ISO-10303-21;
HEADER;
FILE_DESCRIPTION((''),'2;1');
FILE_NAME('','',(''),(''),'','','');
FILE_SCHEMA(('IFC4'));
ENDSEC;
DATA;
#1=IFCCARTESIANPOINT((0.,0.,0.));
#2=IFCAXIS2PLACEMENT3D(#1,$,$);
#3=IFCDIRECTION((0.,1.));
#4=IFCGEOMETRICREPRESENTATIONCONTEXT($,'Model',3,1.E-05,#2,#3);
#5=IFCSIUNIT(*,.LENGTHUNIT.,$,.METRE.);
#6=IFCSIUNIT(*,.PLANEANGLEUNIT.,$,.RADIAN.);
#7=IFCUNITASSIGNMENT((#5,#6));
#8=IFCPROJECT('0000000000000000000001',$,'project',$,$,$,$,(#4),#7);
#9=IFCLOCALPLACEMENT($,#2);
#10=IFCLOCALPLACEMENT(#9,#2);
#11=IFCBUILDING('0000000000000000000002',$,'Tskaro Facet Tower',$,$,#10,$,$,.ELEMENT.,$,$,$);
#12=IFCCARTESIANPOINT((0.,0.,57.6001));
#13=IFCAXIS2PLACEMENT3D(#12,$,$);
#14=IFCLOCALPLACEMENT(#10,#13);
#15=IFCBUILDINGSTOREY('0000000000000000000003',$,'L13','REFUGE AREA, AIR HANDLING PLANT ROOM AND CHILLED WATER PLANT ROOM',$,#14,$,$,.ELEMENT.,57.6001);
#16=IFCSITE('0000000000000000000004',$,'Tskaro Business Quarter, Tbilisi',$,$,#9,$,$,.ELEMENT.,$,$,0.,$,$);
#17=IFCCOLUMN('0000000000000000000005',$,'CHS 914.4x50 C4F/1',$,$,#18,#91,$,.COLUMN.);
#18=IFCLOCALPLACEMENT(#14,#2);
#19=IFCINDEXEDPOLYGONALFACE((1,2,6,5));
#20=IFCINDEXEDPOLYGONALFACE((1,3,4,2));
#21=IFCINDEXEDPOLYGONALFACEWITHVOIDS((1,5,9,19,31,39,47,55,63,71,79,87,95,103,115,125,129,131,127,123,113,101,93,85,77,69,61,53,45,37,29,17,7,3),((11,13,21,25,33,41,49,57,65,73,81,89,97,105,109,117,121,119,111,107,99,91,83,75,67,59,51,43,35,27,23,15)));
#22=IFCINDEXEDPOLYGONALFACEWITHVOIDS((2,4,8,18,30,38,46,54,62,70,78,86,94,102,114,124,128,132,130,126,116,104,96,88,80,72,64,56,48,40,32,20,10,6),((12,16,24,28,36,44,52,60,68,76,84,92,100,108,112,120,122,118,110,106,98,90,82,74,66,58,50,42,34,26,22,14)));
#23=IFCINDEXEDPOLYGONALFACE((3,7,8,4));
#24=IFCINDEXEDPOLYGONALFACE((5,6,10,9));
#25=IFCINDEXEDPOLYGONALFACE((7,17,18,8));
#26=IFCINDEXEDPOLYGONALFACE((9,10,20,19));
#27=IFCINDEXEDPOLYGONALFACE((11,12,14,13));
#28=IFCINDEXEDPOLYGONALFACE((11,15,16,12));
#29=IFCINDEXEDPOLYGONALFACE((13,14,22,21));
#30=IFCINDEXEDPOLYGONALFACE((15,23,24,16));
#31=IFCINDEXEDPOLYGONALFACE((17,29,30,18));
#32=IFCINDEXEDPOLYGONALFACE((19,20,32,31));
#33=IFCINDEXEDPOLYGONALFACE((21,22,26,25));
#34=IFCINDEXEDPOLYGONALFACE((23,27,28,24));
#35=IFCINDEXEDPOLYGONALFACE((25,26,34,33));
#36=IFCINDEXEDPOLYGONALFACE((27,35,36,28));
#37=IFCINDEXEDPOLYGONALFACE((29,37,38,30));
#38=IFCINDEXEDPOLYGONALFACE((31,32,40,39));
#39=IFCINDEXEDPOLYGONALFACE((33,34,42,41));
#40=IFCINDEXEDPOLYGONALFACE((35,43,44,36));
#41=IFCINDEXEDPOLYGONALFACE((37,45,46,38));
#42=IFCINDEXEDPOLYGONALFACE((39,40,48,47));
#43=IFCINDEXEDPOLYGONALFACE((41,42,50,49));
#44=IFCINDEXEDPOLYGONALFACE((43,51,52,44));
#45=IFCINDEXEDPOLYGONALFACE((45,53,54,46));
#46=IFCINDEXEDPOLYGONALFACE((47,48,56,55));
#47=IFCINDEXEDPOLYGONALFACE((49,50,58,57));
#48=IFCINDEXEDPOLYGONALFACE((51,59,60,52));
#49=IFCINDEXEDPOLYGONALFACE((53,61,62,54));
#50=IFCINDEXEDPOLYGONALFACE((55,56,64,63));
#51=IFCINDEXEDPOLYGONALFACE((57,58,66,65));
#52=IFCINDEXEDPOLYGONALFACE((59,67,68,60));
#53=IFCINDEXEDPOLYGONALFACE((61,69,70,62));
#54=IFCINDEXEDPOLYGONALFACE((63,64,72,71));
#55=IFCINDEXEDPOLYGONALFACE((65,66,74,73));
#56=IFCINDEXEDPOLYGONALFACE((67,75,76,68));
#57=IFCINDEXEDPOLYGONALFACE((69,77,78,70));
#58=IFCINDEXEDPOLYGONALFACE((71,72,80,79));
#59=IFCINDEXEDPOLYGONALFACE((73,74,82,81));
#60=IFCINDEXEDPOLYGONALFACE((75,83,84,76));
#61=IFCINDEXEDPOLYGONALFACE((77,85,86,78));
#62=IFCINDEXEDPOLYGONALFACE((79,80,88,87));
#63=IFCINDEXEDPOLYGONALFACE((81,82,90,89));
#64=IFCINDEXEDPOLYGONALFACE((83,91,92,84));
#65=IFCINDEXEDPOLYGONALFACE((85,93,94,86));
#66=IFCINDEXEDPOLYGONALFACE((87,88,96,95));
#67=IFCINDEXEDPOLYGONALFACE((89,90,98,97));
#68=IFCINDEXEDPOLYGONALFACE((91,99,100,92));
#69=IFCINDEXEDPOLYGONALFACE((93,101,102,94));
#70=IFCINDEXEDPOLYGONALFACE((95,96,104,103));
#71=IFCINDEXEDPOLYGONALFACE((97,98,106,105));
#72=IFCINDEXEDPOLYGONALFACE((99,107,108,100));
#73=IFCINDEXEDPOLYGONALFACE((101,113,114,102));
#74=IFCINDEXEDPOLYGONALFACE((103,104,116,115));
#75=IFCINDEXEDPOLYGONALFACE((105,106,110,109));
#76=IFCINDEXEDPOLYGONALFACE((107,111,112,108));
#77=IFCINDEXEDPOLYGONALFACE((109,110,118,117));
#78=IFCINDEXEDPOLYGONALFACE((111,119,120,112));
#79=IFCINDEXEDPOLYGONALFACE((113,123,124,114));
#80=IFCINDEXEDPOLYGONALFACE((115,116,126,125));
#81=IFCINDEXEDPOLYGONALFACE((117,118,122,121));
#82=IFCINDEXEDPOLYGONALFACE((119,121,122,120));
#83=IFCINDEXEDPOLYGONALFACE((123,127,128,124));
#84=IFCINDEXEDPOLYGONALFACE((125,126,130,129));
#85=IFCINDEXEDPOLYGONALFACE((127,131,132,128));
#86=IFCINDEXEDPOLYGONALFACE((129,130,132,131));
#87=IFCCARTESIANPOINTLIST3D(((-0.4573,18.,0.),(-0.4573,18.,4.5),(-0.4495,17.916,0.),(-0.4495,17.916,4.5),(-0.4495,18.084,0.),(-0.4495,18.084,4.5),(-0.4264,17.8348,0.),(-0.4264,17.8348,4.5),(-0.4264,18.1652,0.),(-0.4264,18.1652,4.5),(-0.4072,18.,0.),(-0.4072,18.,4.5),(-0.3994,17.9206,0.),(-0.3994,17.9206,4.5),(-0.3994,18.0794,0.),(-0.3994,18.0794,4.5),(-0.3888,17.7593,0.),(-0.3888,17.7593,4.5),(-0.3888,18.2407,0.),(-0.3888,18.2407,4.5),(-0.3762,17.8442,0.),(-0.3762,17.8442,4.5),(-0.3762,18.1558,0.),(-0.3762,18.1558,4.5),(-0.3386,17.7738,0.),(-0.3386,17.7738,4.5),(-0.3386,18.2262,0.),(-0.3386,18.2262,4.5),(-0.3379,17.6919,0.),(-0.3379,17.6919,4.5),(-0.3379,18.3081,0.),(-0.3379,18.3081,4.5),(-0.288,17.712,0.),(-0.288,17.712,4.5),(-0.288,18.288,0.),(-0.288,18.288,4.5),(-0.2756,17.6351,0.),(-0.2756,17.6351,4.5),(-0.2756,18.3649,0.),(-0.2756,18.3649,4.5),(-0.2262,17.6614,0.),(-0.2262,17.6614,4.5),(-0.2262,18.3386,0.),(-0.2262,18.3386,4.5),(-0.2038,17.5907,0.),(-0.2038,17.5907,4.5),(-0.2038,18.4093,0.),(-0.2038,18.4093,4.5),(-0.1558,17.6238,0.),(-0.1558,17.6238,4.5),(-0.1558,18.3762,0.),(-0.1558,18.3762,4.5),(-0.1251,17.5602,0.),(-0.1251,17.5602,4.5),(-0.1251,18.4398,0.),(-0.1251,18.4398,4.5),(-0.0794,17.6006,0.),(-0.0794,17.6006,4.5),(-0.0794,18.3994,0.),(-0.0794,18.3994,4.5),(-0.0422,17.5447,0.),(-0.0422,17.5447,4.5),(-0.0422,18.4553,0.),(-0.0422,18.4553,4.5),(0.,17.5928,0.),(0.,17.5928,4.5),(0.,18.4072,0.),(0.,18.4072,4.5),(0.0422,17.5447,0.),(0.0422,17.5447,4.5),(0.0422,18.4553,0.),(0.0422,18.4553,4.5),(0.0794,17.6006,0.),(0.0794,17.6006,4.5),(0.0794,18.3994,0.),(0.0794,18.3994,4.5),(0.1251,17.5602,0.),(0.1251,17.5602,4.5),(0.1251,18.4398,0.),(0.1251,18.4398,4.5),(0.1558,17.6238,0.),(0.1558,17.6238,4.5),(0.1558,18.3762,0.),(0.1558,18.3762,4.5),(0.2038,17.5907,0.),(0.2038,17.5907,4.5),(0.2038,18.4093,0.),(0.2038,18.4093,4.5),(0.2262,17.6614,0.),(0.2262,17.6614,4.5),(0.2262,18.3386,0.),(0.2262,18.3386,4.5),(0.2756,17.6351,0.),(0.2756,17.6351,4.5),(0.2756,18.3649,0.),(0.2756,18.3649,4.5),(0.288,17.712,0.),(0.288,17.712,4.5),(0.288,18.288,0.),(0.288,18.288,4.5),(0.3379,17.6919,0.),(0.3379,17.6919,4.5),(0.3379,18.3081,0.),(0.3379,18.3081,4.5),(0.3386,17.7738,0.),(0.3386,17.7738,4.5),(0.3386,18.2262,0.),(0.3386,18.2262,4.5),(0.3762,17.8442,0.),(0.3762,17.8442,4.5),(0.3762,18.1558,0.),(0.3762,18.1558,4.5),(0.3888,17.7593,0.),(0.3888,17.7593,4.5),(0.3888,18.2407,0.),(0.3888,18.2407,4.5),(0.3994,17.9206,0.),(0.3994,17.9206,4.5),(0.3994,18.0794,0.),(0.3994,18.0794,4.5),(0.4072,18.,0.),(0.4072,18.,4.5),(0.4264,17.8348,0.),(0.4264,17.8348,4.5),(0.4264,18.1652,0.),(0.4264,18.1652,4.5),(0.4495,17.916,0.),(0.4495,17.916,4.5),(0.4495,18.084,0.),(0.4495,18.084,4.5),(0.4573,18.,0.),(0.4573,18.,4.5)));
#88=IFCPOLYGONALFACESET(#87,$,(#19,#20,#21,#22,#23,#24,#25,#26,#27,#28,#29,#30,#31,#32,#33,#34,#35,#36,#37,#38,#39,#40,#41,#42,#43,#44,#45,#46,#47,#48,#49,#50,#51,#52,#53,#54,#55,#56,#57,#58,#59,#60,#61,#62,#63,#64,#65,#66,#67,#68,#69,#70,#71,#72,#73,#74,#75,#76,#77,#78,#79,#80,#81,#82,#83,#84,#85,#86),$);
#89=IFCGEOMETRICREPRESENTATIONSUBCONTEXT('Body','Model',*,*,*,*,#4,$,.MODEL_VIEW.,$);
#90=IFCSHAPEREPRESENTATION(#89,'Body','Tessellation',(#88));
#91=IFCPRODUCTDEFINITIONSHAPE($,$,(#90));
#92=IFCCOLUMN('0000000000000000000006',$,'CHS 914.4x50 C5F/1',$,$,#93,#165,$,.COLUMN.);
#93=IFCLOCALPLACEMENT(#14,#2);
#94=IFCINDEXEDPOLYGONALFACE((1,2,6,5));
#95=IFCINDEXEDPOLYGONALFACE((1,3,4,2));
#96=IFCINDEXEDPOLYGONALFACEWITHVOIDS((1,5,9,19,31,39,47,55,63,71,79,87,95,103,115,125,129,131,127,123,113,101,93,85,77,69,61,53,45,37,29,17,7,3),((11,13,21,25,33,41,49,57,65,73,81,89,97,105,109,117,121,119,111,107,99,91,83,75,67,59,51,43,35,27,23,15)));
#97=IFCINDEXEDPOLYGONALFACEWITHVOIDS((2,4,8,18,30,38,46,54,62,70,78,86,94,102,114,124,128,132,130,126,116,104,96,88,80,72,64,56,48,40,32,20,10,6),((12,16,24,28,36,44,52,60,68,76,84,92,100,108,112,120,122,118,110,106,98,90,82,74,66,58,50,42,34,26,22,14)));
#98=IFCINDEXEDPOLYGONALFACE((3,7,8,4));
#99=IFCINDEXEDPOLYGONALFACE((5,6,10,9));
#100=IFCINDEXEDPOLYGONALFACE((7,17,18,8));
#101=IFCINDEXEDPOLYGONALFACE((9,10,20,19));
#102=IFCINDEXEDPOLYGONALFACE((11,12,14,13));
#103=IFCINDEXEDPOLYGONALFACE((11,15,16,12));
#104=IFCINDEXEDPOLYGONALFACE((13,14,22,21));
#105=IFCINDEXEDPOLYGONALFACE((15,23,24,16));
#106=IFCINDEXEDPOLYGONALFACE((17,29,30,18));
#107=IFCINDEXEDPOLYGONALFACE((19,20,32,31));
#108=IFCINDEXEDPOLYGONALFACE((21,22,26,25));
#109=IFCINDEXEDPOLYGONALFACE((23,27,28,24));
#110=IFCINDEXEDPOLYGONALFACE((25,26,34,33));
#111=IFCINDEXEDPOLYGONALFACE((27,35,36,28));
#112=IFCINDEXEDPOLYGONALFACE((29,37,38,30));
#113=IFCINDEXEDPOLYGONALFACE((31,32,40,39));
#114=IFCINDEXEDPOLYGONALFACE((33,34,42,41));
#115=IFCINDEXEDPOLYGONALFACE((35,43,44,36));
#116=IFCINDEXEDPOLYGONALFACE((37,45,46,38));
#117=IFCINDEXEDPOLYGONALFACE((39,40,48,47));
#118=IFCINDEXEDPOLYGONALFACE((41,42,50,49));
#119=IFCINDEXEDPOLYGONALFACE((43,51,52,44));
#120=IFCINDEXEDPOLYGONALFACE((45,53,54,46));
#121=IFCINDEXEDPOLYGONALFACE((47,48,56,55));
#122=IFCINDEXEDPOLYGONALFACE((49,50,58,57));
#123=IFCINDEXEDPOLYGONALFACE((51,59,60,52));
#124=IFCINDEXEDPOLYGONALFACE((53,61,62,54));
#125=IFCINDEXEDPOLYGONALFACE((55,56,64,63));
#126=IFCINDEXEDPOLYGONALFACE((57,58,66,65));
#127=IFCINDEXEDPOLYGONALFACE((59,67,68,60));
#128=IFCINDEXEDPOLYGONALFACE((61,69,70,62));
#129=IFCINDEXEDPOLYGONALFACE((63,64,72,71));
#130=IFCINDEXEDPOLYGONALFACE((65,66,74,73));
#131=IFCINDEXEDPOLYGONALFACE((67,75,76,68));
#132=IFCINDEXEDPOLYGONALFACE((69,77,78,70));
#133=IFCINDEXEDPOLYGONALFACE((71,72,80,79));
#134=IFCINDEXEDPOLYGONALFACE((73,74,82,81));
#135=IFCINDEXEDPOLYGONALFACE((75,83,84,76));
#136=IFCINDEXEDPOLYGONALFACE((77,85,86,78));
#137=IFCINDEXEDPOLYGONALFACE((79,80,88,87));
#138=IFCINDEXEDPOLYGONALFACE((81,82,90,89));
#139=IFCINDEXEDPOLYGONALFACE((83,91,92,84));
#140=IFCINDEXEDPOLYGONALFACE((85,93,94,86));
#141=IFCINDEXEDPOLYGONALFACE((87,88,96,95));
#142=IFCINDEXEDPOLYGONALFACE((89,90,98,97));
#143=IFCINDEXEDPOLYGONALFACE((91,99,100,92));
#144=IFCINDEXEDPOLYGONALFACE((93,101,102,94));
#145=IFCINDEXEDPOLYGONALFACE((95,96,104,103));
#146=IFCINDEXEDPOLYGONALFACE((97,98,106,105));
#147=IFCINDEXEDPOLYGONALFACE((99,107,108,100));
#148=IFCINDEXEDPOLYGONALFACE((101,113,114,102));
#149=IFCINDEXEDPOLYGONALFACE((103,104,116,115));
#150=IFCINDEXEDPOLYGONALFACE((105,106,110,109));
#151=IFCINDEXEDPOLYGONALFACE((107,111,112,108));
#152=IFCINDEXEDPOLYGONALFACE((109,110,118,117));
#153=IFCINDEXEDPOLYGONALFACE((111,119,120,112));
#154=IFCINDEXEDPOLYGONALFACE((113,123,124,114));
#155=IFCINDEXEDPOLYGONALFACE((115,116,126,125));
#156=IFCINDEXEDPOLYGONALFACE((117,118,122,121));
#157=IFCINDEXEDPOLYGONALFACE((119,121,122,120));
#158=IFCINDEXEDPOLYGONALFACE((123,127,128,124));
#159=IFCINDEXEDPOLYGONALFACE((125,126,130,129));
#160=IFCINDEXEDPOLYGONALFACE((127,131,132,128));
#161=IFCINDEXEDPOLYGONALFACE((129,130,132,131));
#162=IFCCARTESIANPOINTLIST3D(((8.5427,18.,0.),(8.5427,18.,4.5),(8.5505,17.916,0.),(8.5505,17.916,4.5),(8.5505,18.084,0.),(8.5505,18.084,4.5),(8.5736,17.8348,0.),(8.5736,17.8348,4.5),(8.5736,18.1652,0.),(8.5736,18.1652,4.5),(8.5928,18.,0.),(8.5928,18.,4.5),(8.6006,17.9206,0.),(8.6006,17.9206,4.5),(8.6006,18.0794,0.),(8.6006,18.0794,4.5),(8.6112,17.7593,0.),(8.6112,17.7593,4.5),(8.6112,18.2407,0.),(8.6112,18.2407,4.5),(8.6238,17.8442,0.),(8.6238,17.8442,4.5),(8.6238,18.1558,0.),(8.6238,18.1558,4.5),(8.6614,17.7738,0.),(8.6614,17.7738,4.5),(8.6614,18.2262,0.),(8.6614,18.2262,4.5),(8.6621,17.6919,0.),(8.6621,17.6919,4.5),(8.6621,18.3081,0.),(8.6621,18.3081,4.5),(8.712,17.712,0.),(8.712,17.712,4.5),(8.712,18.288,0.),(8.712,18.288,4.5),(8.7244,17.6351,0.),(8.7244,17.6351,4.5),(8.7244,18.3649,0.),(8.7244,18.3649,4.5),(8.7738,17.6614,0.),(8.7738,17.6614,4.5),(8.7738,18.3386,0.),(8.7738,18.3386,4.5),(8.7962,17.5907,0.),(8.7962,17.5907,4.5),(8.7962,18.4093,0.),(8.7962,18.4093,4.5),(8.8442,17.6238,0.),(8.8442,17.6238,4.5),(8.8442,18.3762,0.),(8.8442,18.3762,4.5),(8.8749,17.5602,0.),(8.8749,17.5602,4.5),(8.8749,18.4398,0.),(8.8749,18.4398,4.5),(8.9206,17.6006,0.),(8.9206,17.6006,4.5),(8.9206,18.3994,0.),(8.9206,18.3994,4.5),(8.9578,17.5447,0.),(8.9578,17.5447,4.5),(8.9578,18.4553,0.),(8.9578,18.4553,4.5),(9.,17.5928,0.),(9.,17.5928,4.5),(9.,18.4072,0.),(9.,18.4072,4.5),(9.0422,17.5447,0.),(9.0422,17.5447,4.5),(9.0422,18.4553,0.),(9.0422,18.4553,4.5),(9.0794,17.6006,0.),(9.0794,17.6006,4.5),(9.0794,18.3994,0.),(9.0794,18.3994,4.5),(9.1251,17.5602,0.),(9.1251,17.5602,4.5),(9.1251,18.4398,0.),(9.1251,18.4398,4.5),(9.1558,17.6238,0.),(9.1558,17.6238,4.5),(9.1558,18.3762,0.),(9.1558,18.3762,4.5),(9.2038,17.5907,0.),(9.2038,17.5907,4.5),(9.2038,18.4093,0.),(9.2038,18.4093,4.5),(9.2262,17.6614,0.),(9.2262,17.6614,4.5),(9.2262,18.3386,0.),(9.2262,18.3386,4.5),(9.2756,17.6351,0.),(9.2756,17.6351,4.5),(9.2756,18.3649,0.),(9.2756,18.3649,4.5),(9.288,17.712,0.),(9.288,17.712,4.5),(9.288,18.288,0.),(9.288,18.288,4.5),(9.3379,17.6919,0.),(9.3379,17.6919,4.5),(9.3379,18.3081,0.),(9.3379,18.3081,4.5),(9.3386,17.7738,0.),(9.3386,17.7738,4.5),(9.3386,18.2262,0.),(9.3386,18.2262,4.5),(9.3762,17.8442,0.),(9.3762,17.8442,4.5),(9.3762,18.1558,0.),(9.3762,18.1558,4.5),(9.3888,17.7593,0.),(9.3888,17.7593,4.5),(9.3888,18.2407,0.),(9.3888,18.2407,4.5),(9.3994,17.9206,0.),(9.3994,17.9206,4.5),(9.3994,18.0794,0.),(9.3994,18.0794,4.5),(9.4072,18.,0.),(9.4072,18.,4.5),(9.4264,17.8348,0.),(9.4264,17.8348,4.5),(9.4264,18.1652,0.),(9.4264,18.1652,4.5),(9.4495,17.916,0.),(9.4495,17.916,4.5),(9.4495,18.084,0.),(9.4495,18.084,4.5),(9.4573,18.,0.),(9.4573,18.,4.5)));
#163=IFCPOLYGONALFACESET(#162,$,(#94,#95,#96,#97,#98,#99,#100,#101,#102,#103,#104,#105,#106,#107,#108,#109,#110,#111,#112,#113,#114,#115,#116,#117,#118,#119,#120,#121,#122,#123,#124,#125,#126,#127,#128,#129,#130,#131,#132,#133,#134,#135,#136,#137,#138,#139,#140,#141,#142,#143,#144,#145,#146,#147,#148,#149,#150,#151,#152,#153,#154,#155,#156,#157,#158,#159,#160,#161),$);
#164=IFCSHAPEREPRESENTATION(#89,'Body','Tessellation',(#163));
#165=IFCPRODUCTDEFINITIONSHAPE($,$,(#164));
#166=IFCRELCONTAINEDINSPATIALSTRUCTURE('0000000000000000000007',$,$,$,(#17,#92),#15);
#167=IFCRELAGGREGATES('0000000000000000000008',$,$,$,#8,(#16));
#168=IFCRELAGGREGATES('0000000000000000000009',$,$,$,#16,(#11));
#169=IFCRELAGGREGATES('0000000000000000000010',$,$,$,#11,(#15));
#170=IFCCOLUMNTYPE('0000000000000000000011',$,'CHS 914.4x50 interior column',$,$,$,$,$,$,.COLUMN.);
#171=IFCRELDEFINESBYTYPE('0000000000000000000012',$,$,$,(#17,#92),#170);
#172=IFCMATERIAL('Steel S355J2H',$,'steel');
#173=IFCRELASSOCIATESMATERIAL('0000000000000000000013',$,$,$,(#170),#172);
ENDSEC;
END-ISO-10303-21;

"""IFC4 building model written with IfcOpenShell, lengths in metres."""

from ifc_helpers import new_model, si_unit, direction, frame, origin, origin_2d, place, context, subcontext, project, spatial, hollow_circle, extrude, material, material_profile, profile_set, type_object, element, save


model = new_model("IFC4")

# Units and contexts
model_context = context("Model", 3, precision=1e-05, world=origin(), true_north=direction((0.0, 1.0)))
body_context = subcontext(model_context, "Body", "Model", "MODEL_VIEW")
ifc_project = project(units=[si_unit("LENGTHUNIT", "METRE"), si_unit("PLANEANGLEUNIT", "RADIAN")], contexts=[model_context])

# Site, building, storey
site_placement = place(None, origin())
site = spatial("IfcSite", under=ifc_project, at=site_placement, Name="Tskaro Business Quarter, Tbilisi", CompositionType="ELEMENT", RefElevation=0.0)
building_placement = place(site_placement, origin())
building = spatial("IfcBuilding", under=site, at=building_placement, Name="Tskaro Facet Tower", CompositionType="ELEMENT")
storey_placement = place(building_placement, frame((0.0, 0.0, 57.6001)))
storey = spatial("IfcBuildingStorey", under=building, at=storey_placement, Name="L13", Description="REFUGE AREA, AIR HANDLING PLANT ROOM AND CHILLED WATER PLANT ROOM", CompositionType="ELEMENT", Elevation=57.6001)

# Columns
ifc_material_1 = material(Name="Steel S355J2H", Category="steel")
ifc_material_profile_1 = material_profile(ifc_material_1, hollow_circle(Radius=0.4573, WallThickness=0.05, at=origin_2d()), Name="CHS 914.4x50")
ifc_profile_set_1 = profile_set([ifc_material_profile_1], Name="Steel S355J2H")
column_type_1 = type_object("IfcColumnType", Name="CHS 914.4x50 interior column", PredefinedType="COLUMN", material=ifc_profile_set_1)
for number, where, z_axis, x_axis, name in (
    (1, (0.0, 18.0, 0.0), (0.0, 0.0, 1.0), (1.0, 0.0, 0.0), "CHS 914.4x50 C4F/1"),
    (2, (9.0, 18.0, 0.0), (0.0, 0.0, 1.0), (1.0, 0.0, 0.0), "CHS 914.4x50 C5F/1"),
):
    element("IfcColumn", number, at=place(storey_placement, frame(where, z_axis=z_axis, x_axis=x_axis)), inside=storey, type_object=column_type_1, Name=name, PredefinedType="COLUMN", context=body_context, shape_type="SweptSolid", body=[
        extrude(hollow_circle(Radius=0.4573, WallThickness=0.05, at=origin_2d()), origin(), (0.0, 0.0, 1.0), 4.5),
    ])

save(model, "model.ifc")
